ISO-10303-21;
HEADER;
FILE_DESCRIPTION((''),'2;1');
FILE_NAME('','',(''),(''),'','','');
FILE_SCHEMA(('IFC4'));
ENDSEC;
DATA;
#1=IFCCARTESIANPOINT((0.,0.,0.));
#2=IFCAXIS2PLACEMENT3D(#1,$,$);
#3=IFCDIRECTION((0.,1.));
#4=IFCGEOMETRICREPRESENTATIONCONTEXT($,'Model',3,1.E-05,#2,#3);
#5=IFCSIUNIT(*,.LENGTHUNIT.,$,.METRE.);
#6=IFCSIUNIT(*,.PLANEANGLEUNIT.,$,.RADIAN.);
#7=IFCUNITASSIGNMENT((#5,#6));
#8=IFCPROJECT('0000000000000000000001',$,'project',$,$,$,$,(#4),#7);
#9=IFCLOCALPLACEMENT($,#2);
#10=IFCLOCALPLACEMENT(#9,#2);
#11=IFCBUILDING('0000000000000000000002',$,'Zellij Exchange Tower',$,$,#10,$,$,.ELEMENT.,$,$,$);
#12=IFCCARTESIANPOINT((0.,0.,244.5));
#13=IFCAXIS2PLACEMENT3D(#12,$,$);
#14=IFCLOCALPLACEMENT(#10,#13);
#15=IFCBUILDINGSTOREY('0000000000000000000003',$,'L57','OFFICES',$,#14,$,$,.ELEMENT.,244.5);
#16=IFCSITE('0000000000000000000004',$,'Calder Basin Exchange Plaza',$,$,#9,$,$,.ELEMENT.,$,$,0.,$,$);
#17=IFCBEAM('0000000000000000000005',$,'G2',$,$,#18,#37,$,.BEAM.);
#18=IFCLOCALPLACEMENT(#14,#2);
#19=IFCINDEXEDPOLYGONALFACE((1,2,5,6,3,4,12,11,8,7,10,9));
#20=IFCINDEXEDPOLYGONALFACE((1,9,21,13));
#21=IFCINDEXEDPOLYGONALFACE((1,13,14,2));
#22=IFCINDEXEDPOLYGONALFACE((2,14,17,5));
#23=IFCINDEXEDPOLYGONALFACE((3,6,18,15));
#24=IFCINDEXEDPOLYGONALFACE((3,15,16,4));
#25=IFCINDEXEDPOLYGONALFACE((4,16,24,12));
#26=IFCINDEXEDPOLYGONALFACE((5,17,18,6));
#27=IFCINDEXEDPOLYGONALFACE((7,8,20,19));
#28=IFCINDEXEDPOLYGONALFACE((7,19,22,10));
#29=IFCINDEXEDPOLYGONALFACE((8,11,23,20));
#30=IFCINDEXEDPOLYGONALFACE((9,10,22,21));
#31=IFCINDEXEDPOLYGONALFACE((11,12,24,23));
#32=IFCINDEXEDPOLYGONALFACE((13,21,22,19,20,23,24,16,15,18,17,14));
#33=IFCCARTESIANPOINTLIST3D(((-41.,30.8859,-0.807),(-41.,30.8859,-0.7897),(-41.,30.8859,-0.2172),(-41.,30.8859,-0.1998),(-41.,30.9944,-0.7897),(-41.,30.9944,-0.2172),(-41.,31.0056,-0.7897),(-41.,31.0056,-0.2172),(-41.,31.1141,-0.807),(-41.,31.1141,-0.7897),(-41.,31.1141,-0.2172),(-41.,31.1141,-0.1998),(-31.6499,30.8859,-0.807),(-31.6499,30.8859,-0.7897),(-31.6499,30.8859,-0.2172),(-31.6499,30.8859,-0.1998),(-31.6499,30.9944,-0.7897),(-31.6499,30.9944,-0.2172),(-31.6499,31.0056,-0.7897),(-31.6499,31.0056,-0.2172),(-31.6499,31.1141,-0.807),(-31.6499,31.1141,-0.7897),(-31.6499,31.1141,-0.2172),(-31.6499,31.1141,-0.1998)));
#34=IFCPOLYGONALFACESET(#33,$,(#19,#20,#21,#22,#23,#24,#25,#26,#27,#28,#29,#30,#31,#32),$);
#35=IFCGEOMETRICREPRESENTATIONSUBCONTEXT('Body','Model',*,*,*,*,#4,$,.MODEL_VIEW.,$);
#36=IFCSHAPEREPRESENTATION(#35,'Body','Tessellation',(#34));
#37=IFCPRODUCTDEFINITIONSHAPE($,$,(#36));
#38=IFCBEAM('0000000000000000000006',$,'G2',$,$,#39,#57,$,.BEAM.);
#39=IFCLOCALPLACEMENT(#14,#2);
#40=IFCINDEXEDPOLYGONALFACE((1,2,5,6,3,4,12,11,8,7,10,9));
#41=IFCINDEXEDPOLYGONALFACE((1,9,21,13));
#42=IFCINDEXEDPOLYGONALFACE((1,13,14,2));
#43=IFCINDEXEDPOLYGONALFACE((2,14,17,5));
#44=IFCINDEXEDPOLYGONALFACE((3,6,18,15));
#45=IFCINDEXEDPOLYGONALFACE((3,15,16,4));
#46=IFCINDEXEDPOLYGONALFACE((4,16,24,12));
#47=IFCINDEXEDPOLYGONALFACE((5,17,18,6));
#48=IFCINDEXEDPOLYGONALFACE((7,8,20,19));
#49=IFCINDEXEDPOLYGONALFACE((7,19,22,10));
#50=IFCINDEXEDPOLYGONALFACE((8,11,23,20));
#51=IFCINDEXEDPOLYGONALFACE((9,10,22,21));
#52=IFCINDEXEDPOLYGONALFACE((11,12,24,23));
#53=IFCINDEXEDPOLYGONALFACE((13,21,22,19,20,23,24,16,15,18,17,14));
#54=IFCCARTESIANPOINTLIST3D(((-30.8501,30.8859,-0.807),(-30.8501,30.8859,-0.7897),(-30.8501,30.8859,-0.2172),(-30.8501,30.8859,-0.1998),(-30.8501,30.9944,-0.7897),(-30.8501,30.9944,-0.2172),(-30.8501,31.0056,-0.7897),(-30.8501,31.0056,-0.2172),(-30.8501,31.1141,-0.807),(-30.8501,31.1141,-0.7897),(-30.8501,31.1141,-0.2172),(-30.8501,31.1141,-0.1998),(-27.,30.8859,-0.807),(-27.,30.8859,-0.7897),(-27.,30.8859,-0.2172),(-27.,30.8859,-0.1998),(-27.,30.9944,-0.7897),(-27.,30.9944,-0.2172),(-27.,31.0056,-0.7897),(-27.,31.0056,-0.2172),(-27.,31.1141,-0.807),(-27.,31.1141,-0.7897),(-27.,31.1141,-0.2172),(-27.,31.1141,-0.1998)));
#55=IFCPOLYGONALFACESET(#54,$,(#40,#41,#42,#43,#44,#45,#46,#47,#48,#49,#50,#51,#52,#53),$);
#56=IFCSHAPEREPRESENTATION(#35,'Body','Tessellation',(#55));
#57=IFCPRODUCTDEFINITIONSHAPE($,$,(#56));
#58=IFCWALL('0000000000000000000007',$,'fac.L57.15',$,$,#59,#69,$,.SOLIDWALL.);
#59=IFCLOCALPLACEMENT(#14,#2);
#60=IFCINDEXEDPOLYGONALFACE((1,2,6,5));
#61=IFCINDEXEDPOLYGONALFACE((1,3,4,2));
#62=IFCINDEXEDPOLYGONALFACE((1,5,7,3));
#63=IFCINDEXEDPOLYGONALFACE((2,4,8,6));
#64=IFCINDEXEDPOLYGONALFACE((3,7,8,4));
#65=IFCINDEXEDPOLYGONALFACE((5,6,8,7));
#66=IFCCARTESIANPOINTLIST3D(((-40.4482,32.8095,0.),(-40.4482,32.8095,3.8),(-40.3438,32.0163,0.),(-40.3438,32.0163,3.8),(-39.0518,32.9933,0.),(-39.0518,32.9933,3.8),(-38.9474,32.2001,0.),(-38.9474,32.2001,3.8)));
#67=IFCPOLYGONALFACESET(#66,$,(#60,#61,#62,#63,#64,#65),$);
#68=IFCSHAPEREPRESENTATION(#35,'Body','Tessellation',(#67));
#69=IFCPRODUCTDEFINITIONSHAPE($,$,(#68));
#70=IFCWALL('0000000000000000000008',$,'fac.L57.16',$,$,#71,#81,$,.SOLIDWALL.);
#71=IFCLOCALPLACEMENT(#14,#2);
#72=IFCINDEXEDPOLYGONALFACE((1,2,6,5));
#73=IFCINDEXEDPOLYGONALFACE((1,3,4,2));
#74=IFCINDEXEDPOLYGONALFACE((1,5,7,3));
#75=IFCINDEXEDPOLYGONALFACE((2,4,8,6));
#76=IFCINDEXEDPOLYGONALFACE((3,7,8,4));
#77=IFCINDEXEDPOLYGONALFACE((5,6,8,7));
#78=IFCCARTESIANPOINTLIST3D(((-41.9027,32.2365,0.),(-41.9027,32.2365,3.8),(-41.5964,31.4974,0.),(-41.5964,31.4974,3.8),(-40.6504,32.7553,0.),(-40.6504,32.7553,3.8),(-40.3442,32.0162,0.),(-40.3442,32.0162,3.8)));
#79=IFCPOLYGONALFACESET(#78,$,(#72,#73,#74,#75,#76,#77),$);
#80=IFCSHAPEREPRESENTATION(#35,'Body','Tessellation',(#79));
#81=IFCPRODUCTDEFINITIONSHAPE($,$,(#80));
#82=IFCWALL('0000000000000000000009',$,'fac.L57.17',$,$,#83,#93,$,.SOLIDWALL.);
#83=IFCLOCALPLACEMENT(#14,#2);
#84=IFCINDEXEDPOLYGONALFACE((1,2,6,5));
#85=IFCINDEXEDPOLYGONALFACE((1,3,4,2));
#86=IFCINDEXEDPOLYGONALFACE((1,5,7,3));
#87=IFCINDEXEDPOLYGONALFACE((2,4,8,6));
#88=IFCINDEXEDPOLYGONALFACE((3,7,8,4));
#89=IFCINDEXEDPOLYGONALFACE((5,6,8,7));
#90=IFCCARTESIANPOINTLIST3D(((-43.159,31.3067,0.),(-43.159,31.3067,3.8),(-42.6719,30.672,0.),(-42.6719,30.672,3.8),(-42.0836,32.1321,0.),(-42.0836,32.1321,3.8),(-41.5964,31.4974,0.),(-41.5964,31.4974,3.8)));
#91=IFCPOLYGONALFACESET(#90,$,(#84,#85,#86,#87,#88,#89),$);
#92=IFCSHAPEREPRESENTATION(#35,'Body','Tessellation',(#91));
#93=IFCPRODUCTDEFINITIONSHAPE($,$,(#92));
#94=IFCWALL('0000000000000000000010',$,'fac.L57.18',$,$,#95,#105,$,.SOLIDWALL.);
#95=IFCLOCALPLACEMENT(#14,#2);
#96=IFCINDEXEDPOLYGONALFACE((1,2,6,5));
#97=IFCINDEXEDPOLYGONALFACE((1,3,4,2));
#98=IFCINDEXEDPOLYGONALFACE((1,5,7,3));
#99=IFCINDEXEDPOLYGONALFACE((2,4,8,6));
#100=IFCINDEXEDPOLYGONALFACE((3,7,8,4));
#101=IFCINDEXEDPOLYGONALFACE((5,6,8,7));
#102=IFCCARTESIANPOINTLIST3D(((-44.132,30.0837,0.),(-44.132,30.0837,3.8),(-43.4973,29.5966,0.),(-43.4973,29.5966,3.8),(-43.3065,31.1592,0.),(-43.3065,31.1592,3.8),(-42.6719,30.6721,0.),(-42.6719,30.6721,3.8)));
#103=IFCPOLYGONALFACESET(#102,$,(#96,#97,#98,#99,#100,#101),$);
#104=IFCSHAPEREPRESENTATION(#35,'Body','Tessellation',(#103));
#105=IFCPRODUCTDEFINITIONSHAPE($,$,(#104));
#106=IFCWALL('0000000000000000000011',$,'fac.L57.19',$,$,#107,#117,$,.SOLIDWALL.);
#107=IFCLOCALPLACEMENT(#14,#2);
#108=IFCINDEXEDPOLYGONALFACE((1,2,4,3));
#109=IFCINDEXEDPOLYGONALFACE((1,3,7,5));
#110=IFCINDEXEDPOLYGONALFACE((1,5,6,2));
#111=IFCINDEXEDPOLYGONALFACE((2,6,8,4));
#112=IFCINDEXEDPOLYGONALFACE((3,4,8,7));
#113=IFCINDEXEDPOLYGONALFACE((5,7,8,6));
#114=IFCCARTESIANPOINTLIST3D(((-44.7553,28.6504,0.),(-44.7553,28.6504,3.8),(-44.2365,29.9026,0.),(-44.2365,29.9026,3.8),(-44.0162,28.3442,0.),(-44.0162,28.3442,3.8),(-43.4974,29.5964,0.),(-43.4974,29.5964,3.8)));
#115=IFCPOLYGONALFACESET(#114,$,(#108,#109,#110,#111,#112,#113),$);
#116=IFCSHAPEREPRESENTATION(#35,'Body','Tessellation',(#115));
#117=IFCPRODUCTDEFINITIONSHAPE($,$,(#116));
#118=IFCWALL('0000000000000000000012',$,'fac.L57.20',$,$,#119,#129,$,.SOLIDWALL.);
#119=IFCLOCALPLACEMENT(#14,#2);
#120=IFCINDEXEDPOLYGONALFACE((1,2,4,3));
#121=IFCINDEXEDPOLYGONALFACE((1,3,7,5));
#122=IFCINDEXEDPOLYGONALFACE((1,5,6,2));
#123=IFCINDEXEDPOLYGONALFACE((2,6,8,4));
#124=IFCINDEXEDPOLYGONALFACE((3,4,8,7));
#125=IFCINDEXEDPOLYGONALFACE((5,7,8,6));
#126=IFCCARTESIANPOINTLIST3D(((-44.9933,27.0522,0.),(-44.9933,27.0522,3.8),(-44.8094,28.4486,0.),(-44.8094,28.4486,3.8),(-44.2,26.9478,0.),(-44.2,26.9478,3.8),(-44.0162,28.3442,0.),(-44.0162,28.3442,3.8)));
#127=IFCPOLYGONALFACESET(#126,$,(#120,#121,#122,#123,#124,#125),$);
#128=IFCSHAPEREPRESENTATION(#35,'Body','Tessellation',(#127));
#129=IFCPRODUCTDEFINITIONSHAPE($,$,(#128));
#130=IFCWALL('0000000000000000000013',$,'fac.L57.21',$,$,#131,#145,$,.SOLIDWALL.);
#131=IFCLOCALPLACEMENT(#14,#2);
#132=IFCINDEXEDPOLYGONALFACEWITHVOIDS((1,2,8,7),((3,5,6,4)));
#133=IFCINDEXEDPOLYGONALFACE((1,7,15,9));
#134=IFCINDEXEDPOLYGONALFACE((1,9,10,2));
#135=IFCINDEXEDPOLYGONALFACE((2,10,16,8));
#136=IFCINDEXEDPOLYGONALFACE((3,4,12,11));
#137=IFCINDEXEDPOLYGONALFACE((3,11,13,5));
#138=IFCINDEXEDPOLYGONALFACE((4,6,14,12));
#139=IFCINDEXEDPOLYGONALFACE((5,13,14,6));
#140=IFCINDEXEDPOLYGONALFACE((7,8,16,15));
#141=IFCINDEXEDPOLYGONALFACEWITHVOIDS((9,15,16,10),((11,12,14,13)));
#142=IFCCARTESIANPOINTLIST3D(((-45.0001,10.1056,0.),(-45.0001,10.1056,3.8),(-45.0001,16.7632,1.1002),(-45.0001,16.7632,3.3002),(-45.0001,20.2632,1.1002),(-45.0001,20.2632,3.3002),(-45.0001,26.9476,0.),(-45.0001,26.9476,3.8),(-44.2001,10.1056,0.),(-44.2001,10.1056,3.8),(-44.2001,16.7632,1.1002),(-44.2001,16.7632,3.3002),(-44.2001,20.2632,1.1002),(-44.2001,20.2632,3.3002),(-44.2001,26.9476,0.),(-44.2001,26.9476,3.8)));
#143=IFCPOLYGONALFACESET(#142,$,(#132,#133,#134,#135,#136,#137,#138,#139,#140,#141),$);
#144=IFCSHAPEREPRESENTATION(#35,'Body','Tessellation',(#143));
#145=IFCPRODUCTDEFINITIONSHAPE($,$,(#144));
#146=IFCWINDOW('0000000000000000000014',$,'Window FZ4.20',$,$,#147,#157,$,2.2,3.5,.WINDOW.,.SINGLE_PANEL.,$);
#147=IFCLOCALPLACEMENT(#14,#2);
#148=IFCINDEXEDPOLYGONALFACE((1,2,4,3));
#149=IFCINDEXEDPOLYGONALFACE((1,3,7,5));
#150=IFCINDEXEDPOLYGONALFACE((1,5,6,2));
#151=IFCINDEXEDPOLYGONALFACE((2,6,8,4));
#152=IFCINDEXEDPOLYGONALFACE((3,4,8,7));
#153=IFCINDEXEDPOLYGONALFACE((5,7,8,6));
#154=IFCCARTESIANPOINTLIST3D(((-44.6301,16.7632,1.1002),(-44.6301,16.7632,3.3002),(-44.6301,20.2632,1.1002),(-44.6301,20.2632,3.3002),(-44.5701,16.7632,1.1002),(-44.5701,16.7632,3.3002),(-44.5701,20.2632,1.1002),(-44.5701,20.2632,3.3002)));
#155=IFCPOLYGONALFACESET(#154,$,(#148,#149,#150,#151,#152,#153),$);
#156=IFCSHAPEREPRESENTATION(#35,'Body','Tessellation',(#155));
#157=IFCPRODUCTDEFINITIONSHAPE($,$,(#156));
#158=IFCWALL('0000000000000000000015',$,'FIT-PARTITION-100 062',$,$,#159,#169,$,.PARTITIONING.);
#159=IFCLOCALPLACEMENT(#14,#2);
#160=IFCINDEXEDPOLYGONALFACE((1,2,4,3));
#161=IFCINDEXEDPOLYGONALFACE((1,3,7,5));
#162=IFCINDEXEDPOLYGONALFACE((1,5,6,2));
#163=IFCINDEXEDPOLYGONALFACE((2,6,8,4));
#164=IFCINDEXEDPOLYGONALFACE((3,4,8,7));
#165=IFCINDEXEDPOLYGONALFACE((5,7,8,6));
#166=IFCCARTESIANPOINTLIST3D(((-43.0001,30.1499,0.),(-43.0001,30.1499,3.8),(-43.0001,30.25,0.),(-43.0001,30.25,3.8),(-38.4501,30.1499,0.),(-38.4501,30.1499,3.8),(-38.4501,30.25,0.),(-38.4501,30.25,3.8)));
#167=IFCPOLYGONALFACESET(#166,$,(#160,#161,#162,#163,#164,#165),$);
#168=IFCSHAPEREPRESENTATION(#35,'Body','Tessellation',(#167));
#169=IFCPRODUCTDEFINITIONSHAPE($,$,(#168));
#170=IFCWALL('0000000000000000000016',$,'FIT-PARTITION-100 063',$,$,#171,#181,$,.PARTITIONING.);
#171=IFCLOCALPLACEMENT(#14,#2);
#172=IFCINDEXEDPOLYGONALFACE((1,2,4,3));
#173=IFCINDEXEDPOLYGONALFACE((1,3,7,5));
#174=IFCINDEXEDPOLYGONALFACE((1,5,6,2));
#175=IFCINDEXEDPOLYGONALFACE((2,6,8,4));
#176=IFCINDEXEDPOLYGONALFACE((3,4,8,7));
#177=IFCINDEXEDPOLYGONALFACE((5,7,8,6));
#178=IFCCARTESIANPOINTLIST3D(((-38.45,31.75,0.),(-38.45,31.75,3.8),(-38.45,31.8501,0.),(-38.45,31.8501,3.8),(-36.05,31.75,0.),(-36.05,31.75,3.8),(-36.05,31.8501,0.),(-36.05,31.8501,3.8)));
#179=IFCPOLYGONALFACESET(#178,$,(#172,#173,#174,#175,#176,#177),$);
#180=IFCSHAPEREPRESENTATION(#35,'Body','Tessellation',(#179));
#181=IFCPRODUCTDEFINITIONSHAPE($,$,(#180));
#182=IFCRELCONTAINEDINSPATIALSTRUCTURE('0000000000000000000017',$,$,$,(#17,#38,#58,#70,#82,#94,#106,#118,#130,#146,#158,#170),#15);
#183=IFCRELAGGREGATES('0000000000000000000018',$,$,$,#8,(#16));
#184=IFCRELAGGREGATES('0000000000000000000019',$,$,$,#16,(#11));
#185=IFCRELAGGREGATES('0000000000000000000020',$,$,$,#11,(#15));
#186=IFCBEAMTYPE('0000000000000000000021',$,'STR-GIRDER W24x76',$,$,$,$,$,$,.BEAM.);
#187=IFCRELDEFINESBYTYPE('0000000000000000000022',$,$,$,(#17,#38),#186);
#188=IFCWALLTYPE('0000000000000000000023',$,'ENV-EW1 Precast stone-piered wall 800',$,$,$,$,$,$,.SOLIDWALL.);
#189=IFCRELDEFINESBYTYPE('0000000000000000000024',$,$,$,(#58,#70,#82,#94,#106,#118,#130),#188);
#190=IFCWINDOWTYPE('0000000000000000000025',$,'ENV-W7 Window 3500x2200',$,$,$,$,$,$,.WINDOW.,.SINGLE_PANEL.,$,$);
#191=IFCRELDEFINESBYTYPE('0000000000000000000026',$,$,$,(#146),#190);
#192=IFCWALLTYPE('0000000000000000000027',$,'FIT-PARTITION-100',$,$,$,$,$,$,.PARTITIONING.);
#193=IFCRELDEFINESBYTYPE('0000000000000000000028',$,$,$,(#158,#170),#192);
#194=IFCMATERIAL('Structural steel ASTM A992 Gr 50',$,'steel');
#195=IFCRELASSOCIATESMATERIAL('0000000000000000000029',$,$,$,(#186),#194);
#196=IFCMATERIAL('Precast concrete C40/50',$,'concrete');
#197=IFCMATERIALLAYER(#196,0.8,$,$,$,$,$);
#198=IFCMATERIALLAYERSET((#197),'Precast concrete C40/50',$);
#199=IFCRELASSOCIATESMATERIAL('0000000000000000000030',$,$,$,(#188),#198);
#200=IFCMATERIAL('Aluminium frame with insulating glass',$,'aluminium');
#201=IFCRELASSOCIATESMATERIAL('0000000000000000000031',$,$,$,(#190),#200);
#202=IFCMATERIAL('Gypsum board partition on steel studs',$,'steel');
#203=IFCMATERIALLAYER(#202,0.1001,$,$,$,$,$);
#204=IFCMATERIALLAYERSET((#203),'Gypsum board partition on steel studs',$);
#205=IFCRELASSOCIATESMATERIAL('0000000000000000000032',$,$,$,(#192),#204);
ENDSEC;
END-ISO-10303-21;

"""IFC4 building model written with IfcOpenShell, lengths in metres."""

from ifc_helpers import new_model, si_unit, direction, frame, frame_2d, origin, origin_2d, place, context, subcontext, project, spatial, rectangle, i_section, extrude, material, layer, layer_set, material_profile, profile_set, type_object, element, fill, save


model = new_model("IFC4")

# Units and contexts
model_context = context("Model", 3, precision=1e-05, world=origin(), true_north=direction((0.0, 1.0)))
body_context = subcontext(model_context, "Body", "Model", "MODEL_VIEW")
ifc_project = project(units=[si_unit("LENGTHUNIT", "METRE"), si_unit("PLANEANGLEUNIT", "RADIAN")], contexts=[model_context])

# Site, building, storey
site_placement = place(None, origin())
site = spatial("IfcSite", under=ifc_project, at=site_placement, Name="Calder Basin Exchange Plaza", CompositionType="ELEMENT", RefElevation=0.0)
building_placement = place(site_placement, origin())
building = spatial("IfcBuilding", under=site, at=building_placement, Name="Zellij Exchange Tower", CompositionType="ELEMENT")
storey_placement = place(building_placement, frame((0.0, 0.0, 244.5)))
storey = spatial("IfcBuildingStorey", under=building, at=storey_placement, Name="L57", Description="OFFICES", CompositionType="ELEMENT", Elevation=244.5)

# Shared definitions
ifc_material_1 = material(Name="Structural steel ASTM A992 Gr 50", Category="steel")

# Beams
ifc_material_profile_1 = material_profile(ifc_material_1, i_section(OverallWidth=0.2283, OverallDepth=0.6072, WebThickness=0.0112, FlangeThickness=0.0173, at=origin_2d()), Name="W24x76")
ifc_profile_set_1 = profile_set([ifc_material_profile_1], Name="Structural steel ASTM A992 Gr 50")
beam_type_1 = type_object("IfcBeamType", Name="STR-GIRDER W24x76", PredefinedType="BEAM", material=ifc_profile_set_1)
beam_1_placement = place(storey_placement, frame((-41.0, 31.0, -0.5034), z_axis=(1.0, 0.0, 0.0), x_axis=(0.0, 1.0, 0.0)))
element("IfcBeam", 1, at=beam_1_placement, inside=storey, type_object=beam_type_1, Name="G2", PredefinedType="BEAM", context=body_context, shape_type="SweptSolid", body=[
    extrude(i_section(OverallWidth=0.2283, OverallDepth=0.6072, WebThickness=0.0112, FlangeThickness=0.0173, at=origin_2d()), origin(), (0.0, 0.0, 1.0), 9.3501),
])
beam_2_placement = place(storey_placement, frame((-30.8501, 31.0, -0.5034), z_axis=(1.0, 0.0, 0.0), x_axis=(0.0, 1.0, 0.0)))
element("IfcBeam", 2, at=beam_2_placement, inside=storey, type_object=beam_type_1, Name="G2", PredefinedType="BEAM", context=body_context, shape_type="SweptSolid", body=[
    extrude(i_section(OverallWidth=0.2283, OverallDepth=0.6072, WebThickness=0.0112, FlangeThickness=0.0173, at=origin_2d()), origin(), (0.0, 0.0, 1.0), 3.8501),
])

# Walls
ifc_material_2 = material(Name="Precast concrete C40/50", Category="concrete")
ifc_layer_1 = layer(ifc_material_2, 0.8)
ifc_layer_set_1 = layer_set([ifc_layer_1], Name="Precast concrete C40/50")
wall_type_1 = type_object("IfcWallType", Name="ENV-EW1 Precast stone-piered wall 800", PredefinedType="SOLIDWALL", material=ifc_layer_set_1)
wall_1_placement = place(storey_placement, frame((-38.9998, 32.5967, 0.0), z_axis=(0.0, 0.0, 1.0), x_axis=(-0.991446, -0.130517, 0.0)))
element("IfcWall", 3, at=wall_1_placement, inside=storey, type_object=wall_type_1, Name="fac.L57.15", PredefinedType="SOLIDWALL", context=body_context, shape_type="SweptSolid", body=[
    extrude(rectangle(XDim=1.4084, YDim=0.8, at=frame_2d((0.7041, 0.0))), origin(), (0.0, 0.0, 1.0), 3.8),
])
wall_2_placement = place(storey_placement, frame((-40.4973, 32.3857, 0.0), z_axis=(0.0, 0.0, 1.0), x_axis=(-0.923848, -0.38276, 0.0)))
element("IfcWall", 4, at=wall_2_placement, inside=storey, type_object=wall_type_1, Name="fac.L57.16", PredefinedType="SOLIDWALL", context=body_context, shape_type="SweptSolid", body=[
    extrude(rectangle(XDim=1.3555, YDim=0.8, at=frame_2d((0.6777, 0.0))), origin(), (0.0, 0.0, 1.0), 3.8),
])
for number, where, z_axis, x_axis, name in (
    (5, (-41.8401, 31.8147, 0.0), (0.0, 0.0, 1.0), (-0.793273, -0.608866, 0.0), "fac.L57.17"),
    (6, (-42.9893, 30.9155, 0.0), (0.0, 0.0, 1.0), (-0.608866, -0.793273, 0.0), "fac.L57.18"),
):
    element("IfcWall", number, at=place(storey_placement, frame(where, z_axis=z_axis, x_axis=x_axis)), inside=storey, type_object=wall_type_1, Name=name, PredefinedType="SOLIDWALL", context=body_context, shape_type="SweptSolid", body=[
        extrude(rectangle(XDim=1.3557, YDim=0.8, at=frame_2d((0.6777, 0.0))), origin(), (0.0, 0.0, 1.0), 3.8),
    ])
wall_3_placement = place(storey_placement, frame((-43.8669, 29.7495, 0.0), z_axis=(0.0, 0.0, 1.0), x_axis=(-0.38276, -0.923848, 0.0)))
element("IfcWall", 7, at=wall_3_placement, inside=storey, type_object=wall_type_1, Name="fac.L57.19", PredefinedType="SOLIDWALL", context=body_context, shape_type="SweptSolid", body=[
    extrude(rectangle(XDim=1.3555, YDim=0.8, at=frame_2d((0.6777, 0.0))), origin(), (0.0, 0.0, 1.0), 3.8),
])
wall_4_placement = place(storey_placement, frame((-44.4128, 28.3962, 0.0), z_axis=(0.0, 0.0, 1.0), x_axis=(-0.130517, -0.991446, 0.0)))
element("IfcWall", 8, at=wall_4_placement, inside=storey, type_object=wall_type_1, Name="fac.L57.20", PredefinedType="SOLIDWALL", context=body_context, shape_type="SweptSolid", body=[
    extrude(rectangle(XDim=1.4084, YDim=0.8, at=frame_2d((0.7041, 0.0))), origin(), (0.0, 0.0, 1.0), 3.8),
])

# Wall, opening, window
wall_5_placement = place(storey_placement, frame((-44.6001, 26.9475, 0.0), z_axis=(0.0, 0.0, 1.0), x_axis=(0.0, -1.0, 0.0)))
wall_5 = element("IfcWall", 9, at=wall_5_placement, inside=storey, type_object=wall_type_1, Name="fac.L57.21", PredefinedType="SOLIDWALL", context=body_context, shape_type="SweptSolid", body=[
    extrude(rectangle(XDim=16.842, YDim=0.8, at=frame_2d((8.4209, 0.0))), origin(), (0.0, 0.0, 1.0), 3.8),
])
opening_placement = place(wall_5_placement, frame((6.6843, 0.0, 1.1001)))
opening = element("IfcOpeningElement", 10, at=opening_placement, cuts=wall_5, PredefinedType="OPENING", context=body_context, shape_type="SweptSolid", body=[
    extrude(rectangle(XDim=3.5, YDim=2.2, at=frame_2d((1.75, 1.1001))), frame((0.0, 0.4121, 0.0), z_axis=(0.0, -1.0, 0.0), x_axis=(1.0, 0.0, 0.0)), (0.0, 0.0, 1.0), 0.824),
])
ifc_material_3 = material(Name="Aluminium frame with insulating glass", Category="aluminium")
window_type = type_object("IfcWindowType", Name="ENV-W7 Window 3500x2200", PartitioningType="SINGLE_PANEL", PredefinedType="WINDOW", material=ifc_material_3)
window_placement = place(opening_placement, origin())
window = element("IfcWindow", 11, at=window_placement, inside=storey, type_object=window_type, Name="Window FZ4.20", OverallHeight=2.2, OverallWidth=3.5, PartitioningType="SINGLE_PANEL", PredefinedType="WINDOW", context=body_context, shape_type="SweptSolid", body=[
    extrude(rectangle(XDim=3.5, YDim=2.2, at=frame_2d((1.75, 1.1001))), frame((0.0, 0.03, 0.0), z_axis=(0.0, -1.0, 0.0), x_axis=(1.0, 0.0, 0.0)), (0.0, 0.0, 1.0), 0.0601),
])
fill(opening, window)

# Walls
ifc_material_4 = material(Name="Gypsum board partition on steel studs", Category="steel")
ifc_layer_2 = layer(ifc_material_4, 0.1001)
ifc_layer_set_2 = layer_set([ifc_layer_2], Name="Gypsum board partition on steel studs")
wall_type_2 = type_object("IfcWallType", Name="FIT-PARTITION-100", PredefinedType="PARTITIONING", material=ifc_layer_set_2)
wall_6_placement = place(storey_placement, frame((-43.0, 30.2, 0.0), z_axis=(0.0, 0.0, 1.0), x_axis=(1.0, 0.0, 0.0)))
element("IfcWall", 12, at=wall_6_placement, inside=storey, type_object=wall_type_2, Name="FIT-PARTITION-100 062", PredefinedType="PARTITIONING", context=body_context, shape_type="SweptSolid", body=[
    extrude(rectangle(XDim=4.55, YDim=0.1001, at=frame_2d((2.2749, 0.0))), origin(), (0.0, 0.0, 1.0), 3.8),
])
wall_7_placement = place(storey_placement, frame((-38.45, 31.8, 0.0), z_axis=(0.0, 0.0, 1.0), x_axis=(1.0, 0.0, 0.0)))
element("IfcWall", 13, at=wall_7_placement, inside=storey, type_object=wall_type_2, Name="FIT-PARTITION-100 063", PredefinedType="PARTITIONING", context=body_context, shape_type="SweptSolid", body=[
    extrude(rectangle(XDim=2.3999, YDim=0.1001, at=frame_2d((1.2, 0.0))), origin(), (0.0, 0.0, 1.0), 3.8),
])

save(model, "model.ifc")
